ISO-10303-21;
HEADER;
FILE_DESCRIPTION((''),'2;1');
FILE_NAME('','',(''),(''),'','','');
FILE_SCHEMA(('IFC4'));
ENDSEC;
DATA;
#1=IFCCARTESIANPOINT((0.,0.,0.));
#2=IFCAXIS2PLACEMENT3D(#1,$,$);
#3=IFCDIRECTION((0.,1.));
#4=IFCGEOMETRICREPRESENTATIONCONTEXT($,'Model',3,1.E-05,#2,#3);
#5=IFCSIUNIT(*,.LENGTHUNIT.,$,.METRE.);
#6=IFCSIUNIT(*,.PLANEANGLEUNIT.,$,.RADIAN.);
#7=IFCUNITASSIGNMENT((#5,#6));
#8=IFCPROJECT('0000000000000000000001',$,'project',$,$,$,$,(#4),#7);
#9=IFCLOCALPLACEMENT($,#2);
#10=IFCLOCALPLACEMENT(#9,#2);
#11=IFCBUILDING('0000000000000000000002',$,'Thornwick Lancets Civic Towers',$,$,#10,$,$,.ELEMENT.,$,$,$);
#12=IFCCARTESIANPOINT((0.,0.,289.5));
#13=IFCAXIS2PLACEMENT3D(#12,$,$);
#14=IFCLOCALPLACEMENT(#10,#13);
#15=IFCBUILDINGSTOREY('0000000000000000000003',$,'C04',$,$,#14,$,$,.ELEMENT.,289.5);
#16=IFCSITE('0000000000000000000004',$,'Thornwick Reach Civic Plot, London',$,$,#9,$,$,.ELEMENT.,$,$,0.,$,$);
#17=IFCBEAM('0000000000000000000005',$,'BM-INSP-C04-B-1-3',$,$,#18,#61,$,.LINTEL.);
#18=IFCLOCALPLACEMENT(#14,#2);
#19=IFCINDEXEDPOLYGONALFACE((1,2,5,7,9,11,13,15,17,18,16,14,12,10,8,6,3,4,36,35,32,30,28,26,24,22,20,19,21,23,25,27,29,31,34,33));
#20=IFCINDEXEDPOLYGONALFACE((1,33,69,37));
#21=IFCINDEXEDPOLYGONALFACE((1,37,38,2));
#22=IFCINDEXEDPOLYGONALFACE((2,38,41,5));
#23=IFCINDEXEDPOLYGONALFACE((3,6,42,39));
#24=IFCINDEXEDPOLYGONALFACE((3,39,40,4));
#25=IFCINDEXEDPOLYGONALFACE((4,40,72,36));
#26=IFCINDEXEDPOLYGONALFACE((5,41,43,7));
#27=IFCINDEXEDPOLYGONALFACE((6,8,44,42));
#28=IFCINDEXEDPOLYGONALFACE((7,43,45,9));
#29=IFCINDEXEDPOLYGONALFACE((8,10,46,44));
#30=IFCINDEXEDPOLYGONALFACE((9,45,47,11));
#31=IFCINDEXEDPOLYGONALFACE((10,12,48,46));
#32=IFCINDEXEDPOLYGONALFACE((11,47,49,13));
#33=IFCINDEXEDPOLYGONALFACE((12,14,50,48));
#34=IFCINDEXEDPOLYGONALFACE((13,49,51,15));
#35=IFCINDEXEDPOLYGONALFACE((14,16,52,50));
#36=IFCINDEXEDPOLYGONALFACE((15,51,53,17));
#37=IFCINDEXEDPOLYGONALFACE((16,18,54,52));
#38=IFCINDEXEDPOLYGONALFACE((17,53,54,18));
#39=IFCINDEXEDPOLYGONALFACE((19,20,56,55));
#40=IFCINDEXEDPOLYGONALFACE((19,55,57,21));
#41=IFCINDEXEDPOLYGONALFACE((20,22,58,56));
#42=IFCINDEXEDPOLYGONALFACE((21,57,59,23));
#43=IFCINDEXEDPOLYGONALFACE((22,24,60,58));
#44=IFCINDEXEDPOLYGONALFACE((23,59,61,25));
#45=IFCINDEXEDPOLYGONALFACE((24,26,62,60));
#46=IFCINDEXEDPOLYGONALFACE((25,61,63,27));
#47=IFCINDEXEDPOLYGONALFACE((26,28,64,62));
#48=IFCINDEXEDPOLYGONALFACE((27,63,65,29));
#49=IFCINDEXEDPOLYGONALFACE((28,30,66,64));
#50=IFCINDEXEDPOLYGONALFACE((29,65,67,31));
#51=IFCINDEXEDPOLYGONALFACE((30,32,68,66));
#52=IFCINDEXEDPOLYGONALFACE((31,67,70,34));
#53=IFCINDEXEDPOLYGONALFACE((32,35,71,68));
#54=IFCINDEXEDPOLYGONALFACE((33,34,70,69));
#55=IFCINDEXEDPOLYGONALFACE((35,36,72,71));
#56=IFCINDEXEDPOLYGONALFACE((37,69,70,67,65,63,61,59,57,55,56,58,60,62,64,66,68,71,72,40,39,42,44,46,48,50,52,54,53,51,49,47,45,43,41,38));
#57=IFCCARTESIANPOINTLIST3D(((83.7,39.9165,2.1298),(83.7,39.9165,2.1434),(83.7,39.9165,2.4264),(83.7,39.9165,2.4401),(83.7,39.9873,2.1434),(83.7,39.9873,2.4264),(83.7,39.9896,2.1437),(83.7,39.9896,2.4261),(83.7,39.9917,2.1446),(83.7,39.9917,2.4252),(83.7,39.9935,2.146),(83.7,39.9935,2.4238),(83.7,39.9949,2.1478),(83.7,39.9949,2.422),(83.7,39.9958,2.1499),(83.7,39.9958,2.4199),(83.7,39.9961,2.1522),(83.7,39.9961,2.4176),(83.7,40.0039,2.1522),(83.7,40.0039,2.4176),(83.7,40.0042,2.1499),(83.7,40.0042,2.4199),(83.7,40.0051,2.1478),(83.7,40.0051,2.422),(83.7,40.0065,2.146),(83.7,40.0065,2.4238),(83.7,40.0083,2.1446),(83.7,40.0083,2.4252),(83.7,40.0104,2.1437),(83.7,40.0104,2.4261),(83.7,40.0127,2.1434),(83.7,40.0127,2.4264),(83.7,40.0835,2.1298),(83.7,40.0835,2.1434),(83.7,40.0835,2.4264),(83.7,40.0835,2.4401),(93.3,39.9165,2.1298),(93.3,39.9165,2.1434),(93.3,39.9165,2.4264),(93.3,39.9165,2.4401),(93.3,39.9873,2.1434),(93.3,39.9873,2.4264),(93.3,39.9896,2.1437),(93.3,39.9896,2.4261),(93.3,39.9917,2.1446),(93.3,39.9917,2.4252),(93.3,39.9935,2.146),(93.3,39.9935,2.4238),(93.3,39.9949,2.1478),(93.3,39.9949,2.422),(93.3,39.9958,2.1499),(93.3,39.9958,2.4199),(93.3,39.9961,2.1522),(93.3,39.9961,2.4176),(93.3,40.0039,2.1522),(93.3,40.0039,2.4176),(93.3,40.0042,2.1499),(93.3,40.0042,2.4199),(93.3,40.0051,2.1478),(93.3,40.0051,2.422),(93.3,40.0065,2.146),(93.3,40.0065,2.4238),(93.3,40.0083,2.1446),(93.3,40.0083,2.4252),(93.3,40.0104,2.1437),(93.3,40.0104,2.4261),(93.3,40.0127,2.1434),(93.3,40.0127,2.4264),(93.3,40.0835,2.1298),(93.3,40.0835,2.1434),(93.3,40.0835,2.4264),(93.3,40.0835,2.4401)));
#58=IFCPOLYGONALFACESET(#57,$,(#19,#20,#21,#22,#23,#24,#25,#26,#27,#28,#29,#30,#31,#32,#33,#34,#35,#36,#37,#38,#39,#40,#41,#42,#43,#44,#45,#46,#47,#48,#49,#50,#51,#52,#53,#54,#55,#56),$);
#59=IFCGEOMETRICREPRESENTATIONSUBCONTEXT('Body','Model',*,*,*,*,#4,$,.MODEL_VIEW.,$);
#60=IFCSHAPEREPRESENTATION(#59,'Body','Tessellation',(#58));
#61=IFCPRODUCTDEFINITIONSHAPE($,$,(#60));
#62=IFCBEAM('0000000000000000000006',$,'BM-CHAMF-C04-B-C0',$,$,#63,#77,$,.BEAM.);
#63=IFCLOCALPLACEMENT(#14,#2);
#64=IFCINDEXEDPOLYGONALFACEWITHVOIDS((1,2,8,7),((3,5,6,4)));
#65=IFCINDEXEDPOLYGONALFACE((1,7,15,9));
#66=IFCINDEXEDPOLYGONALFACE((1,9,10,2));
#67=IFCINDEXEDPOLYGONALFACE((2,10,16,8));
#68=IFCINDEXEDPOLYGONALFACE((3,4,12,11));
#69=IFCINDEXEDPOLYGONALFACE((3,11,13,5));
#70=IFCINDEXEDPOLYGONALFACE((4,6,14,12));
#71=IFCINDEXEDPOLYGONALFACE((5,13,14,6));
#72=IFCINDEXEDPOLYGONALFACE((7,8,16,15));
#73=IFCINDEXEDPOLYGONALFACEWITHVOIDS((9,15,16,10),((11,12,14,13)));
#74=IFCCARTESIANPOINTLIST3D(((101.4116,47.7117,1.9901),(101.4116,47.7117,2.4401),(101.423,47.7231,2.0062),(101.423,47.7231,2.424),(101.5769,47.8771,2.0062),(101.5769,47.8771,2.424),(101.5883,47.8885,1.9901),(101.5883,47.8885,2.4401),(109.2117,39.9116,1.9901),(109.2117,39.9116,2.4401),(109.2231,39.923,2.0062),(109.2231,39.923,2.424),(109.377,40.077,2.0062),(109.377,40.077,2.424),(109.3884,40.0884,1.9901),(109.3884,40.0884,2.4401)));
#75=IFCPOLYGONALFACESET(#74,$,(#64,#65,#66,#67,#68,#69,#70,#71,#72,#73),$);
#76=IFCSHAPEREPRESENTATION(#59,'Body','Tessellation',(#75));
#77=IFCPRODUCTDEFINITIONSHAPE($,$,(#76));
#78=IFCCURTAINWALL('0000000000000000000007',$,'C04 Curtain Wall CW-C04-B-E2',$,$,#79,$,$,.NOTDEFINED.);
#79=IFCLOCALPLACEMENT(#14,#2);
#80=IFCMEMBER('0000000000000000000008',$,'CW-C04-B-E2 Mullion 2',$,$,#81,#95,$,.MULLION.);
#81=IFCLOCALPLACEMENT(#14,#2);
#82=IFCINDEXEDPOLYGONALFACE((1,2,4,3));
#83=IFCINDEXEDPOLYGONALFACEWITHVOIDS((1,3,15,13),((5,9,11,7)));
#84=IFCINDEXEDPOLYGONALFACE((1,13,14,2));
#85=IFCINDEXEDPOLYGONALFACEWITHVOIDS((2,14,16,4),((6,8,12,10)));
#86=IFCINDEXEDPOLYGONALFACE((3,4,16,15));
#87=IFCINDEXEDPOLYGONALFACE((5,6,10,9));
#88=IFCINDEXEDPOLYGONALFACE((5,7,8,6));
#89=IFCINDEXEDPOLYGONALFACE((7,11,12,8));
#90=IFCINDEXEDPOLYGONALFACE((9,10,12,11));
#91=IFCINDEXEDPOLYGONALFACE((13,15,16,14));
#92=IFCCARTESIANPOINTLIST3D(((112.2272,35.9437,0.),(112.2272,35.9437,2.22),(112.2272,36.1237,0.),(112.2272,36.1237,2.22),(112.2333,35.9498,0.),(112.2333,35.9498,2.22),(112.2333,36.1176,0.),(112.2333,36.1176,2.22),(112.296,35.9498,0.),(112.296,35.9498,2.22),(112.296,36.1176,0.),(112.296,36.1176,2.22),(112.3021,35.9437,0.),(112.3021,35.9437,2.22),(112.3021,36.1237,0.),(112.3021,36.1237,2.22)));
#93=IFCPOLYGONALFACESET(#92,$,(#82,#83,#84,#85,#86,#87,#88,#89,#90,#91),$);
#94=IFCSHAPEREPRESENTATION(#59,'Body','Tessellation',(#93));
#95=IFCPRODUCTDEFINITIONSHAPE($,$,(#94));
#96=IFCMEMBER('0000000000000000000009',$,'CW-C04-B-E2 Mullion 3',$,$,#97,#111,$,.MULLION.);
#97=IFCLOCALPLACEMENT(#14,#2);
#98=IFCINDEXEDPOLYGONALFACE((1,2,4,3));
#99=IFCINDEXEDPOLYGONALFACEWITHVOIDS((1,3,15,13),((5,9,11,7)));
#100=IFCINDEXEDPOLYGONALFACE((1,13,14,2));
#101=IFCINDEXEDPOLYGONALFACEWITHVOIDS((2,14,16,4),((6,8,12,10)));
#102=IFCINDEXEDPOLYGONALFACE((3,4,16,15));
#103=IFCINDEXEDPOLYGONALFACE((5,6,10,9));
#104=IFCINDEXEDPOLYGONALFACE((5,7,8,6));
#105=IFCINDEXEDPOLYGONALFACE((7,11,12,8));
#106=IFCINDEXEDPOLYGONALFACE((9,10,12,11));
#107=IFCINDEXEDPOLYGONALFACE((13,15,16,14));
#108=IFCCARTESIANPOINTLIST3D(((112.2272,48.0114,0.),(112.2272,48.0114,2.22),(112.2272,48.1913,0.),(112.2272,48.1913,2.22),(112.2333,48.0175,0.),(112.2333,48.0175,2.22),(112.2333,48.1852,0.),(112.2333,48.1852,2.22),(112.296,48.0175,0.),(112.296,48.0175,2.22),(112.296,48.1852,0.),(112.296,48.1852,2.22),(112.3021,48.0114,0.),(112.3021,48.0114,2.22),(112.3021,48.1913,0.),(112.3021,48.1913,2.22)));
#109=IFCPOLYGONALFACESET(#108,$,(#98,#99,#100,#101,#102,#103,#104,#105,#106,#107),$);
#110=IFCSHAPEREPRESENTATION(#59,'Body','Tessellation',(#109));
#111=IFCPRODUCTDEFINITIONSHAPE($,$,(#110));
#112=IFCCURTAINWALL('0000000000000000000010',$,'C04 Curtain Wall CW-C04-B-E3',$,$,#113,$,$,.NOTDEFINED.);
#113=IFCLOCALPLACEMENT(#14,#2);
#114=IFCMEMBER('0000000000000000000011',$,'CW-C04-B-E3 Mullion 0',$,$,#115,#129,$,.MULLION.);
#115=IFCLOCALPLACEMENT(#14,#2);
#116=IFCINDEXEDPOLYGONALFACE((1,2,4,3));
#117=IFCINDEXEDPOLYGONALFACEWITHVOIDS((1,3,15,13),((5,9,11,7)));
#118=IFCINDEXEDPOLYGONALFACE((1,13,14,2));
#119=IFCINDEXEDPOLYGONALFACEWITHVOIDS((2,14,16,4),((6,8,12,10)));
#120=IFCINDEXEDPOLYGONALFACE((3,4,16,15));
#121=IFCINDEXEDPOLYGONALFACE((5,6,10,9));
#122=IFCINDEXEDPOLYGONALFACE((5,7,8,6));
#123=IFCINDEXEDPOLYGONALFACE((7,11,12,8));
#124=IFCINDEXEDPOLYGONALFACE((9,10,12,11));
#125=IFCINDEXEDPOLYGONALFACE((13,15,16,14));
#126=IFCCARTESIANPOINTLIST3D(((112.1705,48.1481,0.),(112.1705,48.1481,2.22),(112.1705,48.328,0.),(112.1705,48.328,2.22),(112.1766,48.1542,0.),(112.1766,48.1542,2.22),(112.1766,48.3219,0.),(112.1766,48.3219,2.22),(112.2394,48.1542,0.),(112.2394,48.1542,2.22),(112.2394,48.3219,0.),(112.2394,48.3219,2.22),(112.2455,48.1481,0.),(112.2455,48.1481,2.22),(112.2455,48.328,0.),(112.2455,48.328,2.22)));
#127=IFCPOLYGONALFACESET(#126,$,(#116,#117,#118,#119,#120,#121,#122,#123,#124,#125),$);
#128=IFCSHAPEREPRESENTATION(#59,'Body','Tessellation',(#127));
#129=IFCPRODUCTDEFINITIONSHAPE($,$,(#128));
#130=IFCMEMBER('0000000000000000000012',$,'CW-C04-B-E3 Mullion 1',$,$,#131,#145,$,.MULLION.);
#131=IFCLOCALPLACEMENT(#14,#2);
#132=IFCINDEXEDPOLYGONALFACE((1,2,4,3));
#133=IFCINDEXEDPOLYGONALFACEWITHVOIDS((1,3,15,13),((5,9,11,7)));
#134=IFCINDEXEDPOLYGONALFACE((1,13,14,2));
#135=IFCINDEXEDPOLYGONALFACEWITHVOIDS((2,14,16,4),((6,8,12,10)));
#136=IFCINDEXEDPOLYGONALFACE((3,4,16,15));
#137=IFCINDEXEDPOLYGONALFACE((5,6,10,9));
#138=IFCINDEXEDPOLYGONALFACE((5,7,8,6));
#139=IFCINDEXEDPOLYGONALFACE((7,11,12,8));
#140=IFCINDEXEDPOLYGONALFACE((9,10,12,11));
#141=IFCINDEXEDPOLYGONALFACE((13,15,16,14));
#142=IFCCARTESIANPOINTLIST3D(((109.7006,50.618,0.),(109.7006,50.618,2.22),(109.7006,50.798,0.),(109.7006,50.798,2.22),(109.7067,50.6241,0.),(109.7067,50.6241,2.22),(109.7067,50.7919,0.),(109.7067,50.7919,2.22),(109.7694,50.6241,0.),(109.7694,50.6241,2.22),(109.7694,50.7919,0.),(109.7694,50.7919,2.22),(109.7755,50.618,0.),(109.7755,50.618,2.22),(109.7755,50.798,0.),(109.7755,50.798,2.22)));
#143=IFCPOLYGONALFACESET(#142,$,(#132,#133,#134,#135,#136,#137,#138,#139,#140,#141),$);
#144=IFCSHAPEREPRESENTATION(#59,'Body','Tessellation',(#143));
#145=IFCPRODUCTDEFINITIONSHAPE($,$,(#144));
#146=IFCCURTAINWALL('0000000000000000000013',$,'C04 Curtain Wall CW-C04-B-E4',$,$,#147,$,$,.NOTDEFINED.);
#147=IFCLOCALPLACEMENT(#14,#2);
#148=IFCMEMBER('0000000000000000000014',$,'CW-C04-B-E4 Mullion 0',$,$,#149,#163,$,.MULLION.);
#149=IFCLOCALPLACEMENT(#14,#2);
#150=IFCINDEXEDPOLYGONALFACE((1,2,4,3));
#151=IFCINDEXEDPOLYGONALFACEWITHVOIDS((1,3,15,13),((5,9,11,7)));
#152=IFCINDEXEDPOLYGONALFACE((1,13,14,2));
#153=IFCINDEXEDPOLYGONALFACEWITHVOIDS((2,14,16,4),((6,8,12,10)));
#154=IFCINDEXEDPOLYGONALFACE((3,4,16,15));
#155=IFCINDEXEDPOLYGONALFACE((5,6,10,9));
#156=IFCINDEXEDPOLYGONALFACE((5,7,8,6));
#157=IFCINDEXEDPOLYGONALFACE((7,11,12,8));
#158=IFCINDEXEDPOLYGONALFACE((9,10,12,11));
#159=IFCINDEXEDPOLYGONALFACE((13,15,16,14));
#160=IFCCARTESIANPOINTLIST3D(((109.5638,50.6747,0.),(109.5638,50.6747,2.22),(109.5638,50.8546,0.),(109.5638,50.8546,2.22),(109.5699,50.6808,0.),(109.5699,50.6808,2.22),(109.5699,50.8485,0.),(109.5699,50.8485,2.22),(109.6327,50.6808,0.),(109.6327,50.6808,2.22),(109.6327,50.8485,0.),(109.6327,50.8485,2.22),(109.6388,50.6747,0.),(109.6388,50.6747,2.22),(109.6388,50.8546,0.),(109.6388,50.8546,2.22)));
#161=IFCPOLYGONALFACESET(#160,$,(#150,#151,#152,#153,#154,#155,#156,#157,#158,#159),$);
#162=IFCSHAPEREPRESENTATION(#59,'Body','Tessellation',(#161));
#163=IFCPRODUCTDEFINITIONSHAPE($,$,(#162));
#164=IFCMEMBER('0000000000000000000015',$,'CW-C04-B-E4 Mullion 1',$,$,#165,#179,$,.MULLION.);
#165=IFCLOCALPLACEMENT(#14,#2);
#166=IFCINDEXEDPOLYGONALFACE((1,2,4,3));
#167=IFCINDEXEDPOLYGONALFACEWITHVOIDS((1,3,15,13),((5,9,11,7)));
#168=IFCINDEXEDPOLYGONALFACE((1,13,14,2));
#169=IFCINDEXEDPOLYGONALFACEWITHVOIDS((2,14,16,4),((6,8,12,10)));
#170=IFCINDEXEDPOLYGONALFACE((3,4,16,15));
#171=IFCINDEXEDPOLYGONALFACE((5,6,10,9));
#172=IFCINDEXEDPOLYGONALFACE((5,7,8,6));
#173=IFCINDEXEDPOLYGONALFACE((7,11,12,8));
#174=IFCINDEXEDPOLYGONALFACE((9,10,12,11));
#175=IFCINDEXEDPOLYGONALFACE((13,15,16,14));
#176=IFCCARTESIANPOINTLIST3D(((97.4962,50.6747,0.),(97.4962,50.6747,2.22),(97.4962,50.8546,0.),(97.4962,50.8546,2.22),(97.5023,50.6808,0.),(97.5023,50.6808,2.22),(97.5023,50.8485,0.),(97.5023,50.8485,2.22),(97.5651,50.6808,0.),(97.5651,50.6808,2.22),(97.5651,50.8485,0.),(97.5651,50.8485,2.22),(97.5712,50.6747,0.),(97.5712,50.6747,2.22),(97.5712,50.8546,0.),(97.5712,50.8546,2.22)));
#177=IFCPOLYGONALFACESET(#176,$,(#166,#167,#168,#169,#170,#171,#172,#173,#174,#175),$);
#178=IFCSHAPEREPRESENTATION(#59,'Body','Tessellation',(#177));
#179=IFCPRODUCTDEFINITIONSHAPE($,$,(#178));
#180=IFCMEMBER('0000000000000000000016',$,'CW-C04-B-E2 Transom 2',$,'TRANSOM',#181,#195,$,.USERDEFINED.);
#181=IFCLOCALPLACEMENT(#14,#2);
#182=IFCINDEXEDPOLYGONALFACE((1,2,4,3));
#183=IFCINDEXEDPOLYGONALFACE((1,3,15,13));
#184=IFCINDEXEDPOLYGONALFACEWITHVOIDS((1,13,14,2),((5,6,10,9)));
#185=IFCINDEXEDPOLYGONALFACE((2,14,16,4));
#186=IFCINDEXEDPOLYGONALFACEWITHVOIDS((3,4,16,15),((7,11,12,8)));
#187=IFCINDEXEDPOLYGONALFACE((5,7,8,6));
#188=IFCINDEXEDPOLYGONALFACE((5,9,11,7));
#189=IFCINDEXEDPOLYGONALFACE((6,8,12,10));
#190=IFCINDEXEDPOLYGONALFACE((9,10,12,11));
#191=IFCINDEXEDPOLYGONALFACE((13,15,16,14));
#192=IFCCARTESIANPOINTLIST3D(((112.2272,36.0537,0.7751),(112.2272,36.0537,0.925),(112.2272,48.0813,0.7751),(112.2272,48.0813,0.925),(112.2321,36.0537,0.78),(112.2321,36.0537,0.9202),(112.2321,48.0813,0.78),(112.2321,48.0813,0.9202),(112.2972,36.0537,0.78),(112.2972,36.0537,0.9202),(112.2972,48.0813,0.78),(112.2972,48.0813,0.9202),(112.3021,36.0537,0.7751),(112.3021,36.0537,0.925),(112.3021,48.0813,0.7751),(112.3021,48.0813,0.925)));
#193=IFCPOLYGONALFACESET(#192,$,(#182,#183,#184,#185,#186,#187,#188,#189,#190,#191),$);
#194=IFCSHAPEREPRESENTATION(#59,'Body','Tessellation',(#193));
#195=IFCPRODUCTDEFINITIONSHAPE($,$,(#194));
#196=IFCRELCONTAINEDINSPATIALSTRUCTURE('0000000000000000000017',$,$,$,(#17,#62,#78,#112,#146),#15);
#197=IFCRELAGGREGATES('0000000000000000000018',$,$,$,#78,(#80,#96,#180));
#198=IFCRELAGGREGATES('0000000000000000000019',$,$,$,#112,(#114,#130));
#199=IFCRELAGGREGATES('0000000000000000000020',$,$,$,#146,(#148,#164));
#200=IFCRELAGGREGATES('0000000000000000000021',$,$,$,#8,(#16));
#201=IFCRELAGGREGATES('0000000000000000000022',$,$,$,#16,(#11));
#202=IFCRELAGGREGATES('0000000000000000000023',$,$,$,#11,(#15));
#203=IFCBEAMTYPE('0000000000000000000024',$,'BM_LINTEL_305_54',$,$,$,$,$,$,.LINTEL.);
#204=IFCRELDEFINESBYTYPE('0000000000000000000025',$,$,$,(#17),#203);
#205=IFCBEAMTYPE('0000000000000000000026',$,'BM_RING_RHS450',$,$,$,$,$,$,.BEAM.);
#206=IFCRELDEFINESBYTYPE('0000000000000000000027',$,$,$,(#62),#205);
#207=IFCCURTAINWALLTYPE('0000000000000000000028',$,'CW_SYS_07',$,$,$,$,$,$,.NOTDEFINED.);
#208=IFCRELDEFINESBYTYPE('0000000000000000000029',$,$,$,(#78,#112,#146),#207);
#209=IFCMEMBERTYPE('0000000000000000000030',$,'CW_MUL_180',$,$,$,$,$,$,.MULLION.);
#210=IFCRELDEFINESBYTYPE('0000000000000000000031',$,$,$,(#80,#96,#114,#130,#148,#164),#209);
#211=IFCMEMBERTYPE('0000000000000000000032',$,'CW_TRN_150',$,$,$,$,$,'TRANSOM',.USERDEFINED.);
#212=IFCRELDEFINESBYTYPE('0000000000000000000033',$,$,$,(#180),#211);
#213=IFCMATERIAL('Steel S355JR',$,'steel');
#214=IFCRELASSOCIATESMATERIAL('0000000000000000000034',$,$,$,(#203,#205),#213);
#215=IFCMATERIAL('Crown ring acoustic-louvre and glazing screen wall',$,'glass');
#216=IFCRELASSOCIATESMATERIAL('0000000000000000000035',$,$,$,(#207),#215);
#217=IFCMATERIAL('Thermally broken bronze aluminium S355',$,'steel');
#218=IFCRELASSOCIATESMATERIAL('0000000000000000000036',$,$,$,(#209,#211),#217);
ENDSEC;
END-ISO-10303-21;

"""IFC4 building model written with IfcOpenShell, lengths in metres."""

from ifc_helpers import new_model, si_unit, direction, frame, origin, origin_2d, place, context, subcontext, project, spatial, hollow_rectangle, i_section, extrude, material, material_profile, profile_set, type_object, element, aggregate, save


model = new_model("IFC4")

# Units and contexts
model_context = context("Model", 3, precision=1e-05, world=origin(), true_north=direction((0.0, 1.0)))
body_context = subcontext(model_context, "Body", "Model", "MODEL_VIEW")
ifc_project = project(units=[si_unit("LENGTHUNIT", "METRE"), si_unit("PLANEANGLEUNIT", "RADIAN")], contexts=[model_context])

# Site, building, storey
site_placement = place(None, origin())
site = spatial("IfcSite", under=ifc_project, at=site_placement, Name="Thornwick Reach Civic Plot, London", CompositionType="ELEMENT", RefElevation=0.0)
building_placement = place(site_placement, origin())
building = spatial("IfcBuilding", under=site, at=building_placement, Name="Thornwick Lancets Civic Towers", CompositionType="ELEMENT")
storey_placement = place(building_placement, frame((0.0, 0.0, 289.5)))
storey = spatial("IfcBuildingStorey", under=building, at=storey_placement, Name="C04", CompositionType="ELEMENT", Elevation=289.5)

# Shared definitions
ifc_material_1 = material(Name="Steel S355JR", Category="steel")

# Beams
ifc_material_profile_1 = material_profile(ifc_material_1, i_section(OverallWidth=0.167, OverallDepth=0.3103, WebThickness=0.0078, FlangeThickness=0.0137, FilletRadius=0.0088, at=origin_2d()), Name="UKB 305x165x54")
ifc_profile_set_1 = profile_set([ifc_material_profile_1], Name="Steel S355JR")
beam_type_1 = type_object("IfcBeamType", Name="BM_LINTEL_305_54", PredefinedType="LINTEL", material=ifc_profile_set_1)
beam_1_placement = place(storey_placement, frame((93.3, 40.0, 2.2849), z_axis=(-1.0, 0.0, 0.0), x_axis=(0.0, -1.0, 0.0)))
element("IfcBeam", 1, at=beam_1_placement, inside=storey, type_object=beam_type_1, Name="BM-INSP-C04-B-1-3", PredefinedType="LINTEL", context=body_context, shape_type="SweptSolid", body=[
    extrude(i_section(OverallWidth=0.167, OverallDepth=0.3103, WebThickness=0.0078, FlangeThickness=0.0137, FilletRadius=0.0088, at=origin_2d()), origin(), (0.0, 0.0, 1.0), 9.6001),
])
ifc_material_profile_2 = material_profile(ifc_material_1, hollow_rectangle(XDim=0.25, YDim=0.45, WallThickness=0.0161, at=origin_2d()), Name="RHS 450x250x16")
ifc_profile_set_2 = profile_set([ifc_material_profile_2], Name="Steel S355JR")
beam_type_2 = type_object("IfcBeamType", Name="BM_RING_RHS450", PredefinedType="BEAM", material=ifc_profile_set_2)
beam_2_placement = place(storey_placement, frame((109.3, 40.0, 2.2151), z_axis=(-0.707107, 0.707107, 0.0), x_axis=(-0.707107, -0.707107, 0.0)))
element("IfcBeam", 2, at=beam_2_placement, inside=storey, type_object=beam_type_2, Name="BM-CHAMF-C04-B-C0", PredefinedType="BEAM", context=body_context, shape_type="SweptSolid", body=[
    extrude(hollow_rectangle(XDim=0.25, YDim=0.45, WallThickness=0.0161, at=origin_2d()), origin(), (0.0, 0.0, 1.0), 11.031),
])

# Curtain walls, members
ifc_material_2 = material(Name="Crown ring acoustic-louvre and glazing screen wall", Category="glass")
curtain_wall_type = type_object("IfcCurtainWallType", Name="CW_SYS_07", PredefinedType="NOTDEFINED", material=ifc_material_2)
curtain_wall_1_placement = place(storey_placement, origin())
curtain_wall_1 = element("IfcCurtainWall", 3, at=curtain_wall_1_placement, inside=storey, type_object=curtain_wall_type, Name="C04 Curtain Wall CW-C04-B-E2", PredefinedType="NOTDEFINED")
ifc_material_3 = material(Name="Thermally broken bronze aluminium S355", Category="steel")
ifc_material_profile_3 = material_profile(ifc_material_3, hollow_rectangle(XDim=0.075, YDim=0.1799, WallThickness=0.0061, at=origin_2d()), Name="RHS 180x75x6")
ifc_profile_set_3 = profile_set([ifc_material_profile_3], Name="Thermally broken bronze aluminium S355")
member_type_1 = type_object("IfcMemberType", Name="CW_MUL_180", PredefinedType="MULLION", material=ifc_profile_set_3)
member_1_placement = place(storey_placement, frame((112.2646, 36.0337, 0.0), z_axis=(0.0, 0.0, 1.0), x_axis=(1.0, 0.0, 0.0)))
member_1 = element("IfcMember", 4, at=member_1_placement, type_object=member_type_1, Name="CW-C04-B-E2 Mullion 2", PredefinedType="MULLION", context=body_context, shape_type="SweptSolid", body=[
    extrude(hollow_rectangle(XDim=0.075, YDim=0.1799, WallThickness=0.0061, at=origin_2d()), origin(), (0.0, 0.0, 1.0), 2.22),
])
member_2_placement = place(storey_placement, frame((112.2646, 48.1013, 0.0), z_axis=(0.0, 0.0, 1.0), x_axis=(1.0, 0.0, 0.0)))
member_2 = element("IfcMember", 5, at=member_2_placement, type_object=member_type_1, Name="CW-C04-B-E2 Mullion 3", PredefinedType="MULLION", context=body_context, shape_type="SweptSolid", body=[
    extrude(hollow_rectangle(XDim=0.075, YDim=0.1799, WallThickness=0.0061, at=origin_2d()), origin(), (0.0, 0.0, 1.0), 2.22),
])
curtain_wall_2_placement = place(storey_placement, origin())
curtain_wall_2 = element("IfcCurtainWall", 6, at=curtain_wall_2_placement, inside=storey, type_object=curtain_wall_type, Name="C04 Curtain Wall CW-C04-B-E3", PredefinedType="NOTDEFINED")
member_3_placement = place(storey_placement, frame((112.208, 48.238, 0.0), z_axis=(0.0, 0.0, 1.0), x_axis=(1.0, 0.0, 0.0)))
member_3 = element("IfcMember", 7, at=member_3_placement, type_object=member_type_1, Name="CW-C04-B-E3 Mullion 0", PredefinedType="MULLION", context=body_context, shape_type="SweptSolid", body=[
    extrude(hollow_rectangle(XDim=0.075, YDim=0.1799, WallThickness=0.0061, at=origin_2d()), origin(), (0.0, 0.0, 1.0), 2.22),
])
member_4_placement = place(storey_placement, frame((109.738, 50.708, 0.0), z_axis=(0.0, 0.0, 1.0), x_axis=(1.0, 0.0, 0.0)))
member_4 = element("IfcMember", 8, at=member_4_placement, type_object=member_type_1, Name="CW-C04-B-E3 Mullion 1", PredefinedType="MULLION", context=body_context, shape_type="SweptSolid", body=[
    extrude(hollow_rectangle(XDim=0.075, YDim=0.1799, WallThickness=0.0061, at=origin_2d()), origin(), (0.0, 0.0, 1.0), 2.22),
])
curtain_wall_3_placement = place(storey_placement, origin())
curtain_wall_3 = element("IfcCurtainWall", 9, at=curtain_wall_3_placement, inside=storey, type_object=curtain_wall_type, Name="C04 Curtain Wall CW-C04-B-E4", PredefinedType="NOTDEFINED")
member_5_placement = place(storey_placement, frame((109.6013, 50.7646, 0.0), z_axis=(0.0, 0.0, 1.0), x_axis=(1.0, 0.0, 0.0)))
member_5 = element("IfcMember", 10, at=member_5_placement, type_object=member_type_1, Name="CW-C04-B-E4 Mullion 0", PredefinedType="MULLION", context=body_context, shape_type="SweptSolid", body=[
    extrude(hollow_rectangle(XDim=0.075, YDim=0.1799, WallThickness=0.0061, at=origin_2d()), origin(), (0.0, 0.0, 1.0), 2.22),
])
member_6_placement = place(storey_placement, frame((97.5337, 50.7646, 0.0), z_axis=(0.0, 0.0, 1.0), x_axis=(1.0, 0.0, 0.0)))
member_6 = element("IfcMember", 11, at=member_6_placement, type_object=member_type_1, Name="CW-C04-B-E4 Mullion 1", PredefinedType="MULLION", context=body_context, shape_type="SweptSolid", body=[
    extrude(hollow_rectangle(XDim=0.075, YDim=0.1799, WallThickness=0.0061, at=origin_2d()), origin(), (0.0, 0.0, 1.0), 2.22),
])

# Member
ifc_material_profile_4 = material_profile(ifc_material_3, hollow_rectangle(XDim=0.075, YDim=0.1499, WallThickness=0.0049, at=origin_2d()), Name="RHS 150x75x5")
ifc_profile_set_4 = profile_set([ifc_material_profile_4], Name="Thermally broken bronze aluminium S355")
member_type_2 = type_object("IfcMemberType", Name="CW_TRN_150", ElementType="TRANSOM", PredefinedType="USERDEFINED", material=ifc_profile_set_4)
member_7_placement = place(storey_placement, frame((112.2646, 36.0537, 0.8501), z_axis=(0.0, 1.0, 0.0), x_axis=(-1.0, 0.0, 0.0)))
member_7 = element("IfcMember", 12, at=member_7_placement, type_object=member_type_2, Name="CW-C04-B-E2 Transom 2", ObjectType="TRANSOM", PredefinedType="USERDEFINED", context=body_context, shape_type="SweptSolid", body=[
    extrude(hollow_rectangle(XDim=0.075, YDim=0.1499, WallThickness=0.0049, at=origin_2d()), origin(), (0.0, 0.0, 1.0), 12.0276),
])

aggregate(curtain_wall_1, [member_1, member_2, member_7])
aggregate(curtain_wall_2, [member_3, member_4])
aggregate(curtain_wall_3, [member_5, member_6])

save(model, "model.ifc")
